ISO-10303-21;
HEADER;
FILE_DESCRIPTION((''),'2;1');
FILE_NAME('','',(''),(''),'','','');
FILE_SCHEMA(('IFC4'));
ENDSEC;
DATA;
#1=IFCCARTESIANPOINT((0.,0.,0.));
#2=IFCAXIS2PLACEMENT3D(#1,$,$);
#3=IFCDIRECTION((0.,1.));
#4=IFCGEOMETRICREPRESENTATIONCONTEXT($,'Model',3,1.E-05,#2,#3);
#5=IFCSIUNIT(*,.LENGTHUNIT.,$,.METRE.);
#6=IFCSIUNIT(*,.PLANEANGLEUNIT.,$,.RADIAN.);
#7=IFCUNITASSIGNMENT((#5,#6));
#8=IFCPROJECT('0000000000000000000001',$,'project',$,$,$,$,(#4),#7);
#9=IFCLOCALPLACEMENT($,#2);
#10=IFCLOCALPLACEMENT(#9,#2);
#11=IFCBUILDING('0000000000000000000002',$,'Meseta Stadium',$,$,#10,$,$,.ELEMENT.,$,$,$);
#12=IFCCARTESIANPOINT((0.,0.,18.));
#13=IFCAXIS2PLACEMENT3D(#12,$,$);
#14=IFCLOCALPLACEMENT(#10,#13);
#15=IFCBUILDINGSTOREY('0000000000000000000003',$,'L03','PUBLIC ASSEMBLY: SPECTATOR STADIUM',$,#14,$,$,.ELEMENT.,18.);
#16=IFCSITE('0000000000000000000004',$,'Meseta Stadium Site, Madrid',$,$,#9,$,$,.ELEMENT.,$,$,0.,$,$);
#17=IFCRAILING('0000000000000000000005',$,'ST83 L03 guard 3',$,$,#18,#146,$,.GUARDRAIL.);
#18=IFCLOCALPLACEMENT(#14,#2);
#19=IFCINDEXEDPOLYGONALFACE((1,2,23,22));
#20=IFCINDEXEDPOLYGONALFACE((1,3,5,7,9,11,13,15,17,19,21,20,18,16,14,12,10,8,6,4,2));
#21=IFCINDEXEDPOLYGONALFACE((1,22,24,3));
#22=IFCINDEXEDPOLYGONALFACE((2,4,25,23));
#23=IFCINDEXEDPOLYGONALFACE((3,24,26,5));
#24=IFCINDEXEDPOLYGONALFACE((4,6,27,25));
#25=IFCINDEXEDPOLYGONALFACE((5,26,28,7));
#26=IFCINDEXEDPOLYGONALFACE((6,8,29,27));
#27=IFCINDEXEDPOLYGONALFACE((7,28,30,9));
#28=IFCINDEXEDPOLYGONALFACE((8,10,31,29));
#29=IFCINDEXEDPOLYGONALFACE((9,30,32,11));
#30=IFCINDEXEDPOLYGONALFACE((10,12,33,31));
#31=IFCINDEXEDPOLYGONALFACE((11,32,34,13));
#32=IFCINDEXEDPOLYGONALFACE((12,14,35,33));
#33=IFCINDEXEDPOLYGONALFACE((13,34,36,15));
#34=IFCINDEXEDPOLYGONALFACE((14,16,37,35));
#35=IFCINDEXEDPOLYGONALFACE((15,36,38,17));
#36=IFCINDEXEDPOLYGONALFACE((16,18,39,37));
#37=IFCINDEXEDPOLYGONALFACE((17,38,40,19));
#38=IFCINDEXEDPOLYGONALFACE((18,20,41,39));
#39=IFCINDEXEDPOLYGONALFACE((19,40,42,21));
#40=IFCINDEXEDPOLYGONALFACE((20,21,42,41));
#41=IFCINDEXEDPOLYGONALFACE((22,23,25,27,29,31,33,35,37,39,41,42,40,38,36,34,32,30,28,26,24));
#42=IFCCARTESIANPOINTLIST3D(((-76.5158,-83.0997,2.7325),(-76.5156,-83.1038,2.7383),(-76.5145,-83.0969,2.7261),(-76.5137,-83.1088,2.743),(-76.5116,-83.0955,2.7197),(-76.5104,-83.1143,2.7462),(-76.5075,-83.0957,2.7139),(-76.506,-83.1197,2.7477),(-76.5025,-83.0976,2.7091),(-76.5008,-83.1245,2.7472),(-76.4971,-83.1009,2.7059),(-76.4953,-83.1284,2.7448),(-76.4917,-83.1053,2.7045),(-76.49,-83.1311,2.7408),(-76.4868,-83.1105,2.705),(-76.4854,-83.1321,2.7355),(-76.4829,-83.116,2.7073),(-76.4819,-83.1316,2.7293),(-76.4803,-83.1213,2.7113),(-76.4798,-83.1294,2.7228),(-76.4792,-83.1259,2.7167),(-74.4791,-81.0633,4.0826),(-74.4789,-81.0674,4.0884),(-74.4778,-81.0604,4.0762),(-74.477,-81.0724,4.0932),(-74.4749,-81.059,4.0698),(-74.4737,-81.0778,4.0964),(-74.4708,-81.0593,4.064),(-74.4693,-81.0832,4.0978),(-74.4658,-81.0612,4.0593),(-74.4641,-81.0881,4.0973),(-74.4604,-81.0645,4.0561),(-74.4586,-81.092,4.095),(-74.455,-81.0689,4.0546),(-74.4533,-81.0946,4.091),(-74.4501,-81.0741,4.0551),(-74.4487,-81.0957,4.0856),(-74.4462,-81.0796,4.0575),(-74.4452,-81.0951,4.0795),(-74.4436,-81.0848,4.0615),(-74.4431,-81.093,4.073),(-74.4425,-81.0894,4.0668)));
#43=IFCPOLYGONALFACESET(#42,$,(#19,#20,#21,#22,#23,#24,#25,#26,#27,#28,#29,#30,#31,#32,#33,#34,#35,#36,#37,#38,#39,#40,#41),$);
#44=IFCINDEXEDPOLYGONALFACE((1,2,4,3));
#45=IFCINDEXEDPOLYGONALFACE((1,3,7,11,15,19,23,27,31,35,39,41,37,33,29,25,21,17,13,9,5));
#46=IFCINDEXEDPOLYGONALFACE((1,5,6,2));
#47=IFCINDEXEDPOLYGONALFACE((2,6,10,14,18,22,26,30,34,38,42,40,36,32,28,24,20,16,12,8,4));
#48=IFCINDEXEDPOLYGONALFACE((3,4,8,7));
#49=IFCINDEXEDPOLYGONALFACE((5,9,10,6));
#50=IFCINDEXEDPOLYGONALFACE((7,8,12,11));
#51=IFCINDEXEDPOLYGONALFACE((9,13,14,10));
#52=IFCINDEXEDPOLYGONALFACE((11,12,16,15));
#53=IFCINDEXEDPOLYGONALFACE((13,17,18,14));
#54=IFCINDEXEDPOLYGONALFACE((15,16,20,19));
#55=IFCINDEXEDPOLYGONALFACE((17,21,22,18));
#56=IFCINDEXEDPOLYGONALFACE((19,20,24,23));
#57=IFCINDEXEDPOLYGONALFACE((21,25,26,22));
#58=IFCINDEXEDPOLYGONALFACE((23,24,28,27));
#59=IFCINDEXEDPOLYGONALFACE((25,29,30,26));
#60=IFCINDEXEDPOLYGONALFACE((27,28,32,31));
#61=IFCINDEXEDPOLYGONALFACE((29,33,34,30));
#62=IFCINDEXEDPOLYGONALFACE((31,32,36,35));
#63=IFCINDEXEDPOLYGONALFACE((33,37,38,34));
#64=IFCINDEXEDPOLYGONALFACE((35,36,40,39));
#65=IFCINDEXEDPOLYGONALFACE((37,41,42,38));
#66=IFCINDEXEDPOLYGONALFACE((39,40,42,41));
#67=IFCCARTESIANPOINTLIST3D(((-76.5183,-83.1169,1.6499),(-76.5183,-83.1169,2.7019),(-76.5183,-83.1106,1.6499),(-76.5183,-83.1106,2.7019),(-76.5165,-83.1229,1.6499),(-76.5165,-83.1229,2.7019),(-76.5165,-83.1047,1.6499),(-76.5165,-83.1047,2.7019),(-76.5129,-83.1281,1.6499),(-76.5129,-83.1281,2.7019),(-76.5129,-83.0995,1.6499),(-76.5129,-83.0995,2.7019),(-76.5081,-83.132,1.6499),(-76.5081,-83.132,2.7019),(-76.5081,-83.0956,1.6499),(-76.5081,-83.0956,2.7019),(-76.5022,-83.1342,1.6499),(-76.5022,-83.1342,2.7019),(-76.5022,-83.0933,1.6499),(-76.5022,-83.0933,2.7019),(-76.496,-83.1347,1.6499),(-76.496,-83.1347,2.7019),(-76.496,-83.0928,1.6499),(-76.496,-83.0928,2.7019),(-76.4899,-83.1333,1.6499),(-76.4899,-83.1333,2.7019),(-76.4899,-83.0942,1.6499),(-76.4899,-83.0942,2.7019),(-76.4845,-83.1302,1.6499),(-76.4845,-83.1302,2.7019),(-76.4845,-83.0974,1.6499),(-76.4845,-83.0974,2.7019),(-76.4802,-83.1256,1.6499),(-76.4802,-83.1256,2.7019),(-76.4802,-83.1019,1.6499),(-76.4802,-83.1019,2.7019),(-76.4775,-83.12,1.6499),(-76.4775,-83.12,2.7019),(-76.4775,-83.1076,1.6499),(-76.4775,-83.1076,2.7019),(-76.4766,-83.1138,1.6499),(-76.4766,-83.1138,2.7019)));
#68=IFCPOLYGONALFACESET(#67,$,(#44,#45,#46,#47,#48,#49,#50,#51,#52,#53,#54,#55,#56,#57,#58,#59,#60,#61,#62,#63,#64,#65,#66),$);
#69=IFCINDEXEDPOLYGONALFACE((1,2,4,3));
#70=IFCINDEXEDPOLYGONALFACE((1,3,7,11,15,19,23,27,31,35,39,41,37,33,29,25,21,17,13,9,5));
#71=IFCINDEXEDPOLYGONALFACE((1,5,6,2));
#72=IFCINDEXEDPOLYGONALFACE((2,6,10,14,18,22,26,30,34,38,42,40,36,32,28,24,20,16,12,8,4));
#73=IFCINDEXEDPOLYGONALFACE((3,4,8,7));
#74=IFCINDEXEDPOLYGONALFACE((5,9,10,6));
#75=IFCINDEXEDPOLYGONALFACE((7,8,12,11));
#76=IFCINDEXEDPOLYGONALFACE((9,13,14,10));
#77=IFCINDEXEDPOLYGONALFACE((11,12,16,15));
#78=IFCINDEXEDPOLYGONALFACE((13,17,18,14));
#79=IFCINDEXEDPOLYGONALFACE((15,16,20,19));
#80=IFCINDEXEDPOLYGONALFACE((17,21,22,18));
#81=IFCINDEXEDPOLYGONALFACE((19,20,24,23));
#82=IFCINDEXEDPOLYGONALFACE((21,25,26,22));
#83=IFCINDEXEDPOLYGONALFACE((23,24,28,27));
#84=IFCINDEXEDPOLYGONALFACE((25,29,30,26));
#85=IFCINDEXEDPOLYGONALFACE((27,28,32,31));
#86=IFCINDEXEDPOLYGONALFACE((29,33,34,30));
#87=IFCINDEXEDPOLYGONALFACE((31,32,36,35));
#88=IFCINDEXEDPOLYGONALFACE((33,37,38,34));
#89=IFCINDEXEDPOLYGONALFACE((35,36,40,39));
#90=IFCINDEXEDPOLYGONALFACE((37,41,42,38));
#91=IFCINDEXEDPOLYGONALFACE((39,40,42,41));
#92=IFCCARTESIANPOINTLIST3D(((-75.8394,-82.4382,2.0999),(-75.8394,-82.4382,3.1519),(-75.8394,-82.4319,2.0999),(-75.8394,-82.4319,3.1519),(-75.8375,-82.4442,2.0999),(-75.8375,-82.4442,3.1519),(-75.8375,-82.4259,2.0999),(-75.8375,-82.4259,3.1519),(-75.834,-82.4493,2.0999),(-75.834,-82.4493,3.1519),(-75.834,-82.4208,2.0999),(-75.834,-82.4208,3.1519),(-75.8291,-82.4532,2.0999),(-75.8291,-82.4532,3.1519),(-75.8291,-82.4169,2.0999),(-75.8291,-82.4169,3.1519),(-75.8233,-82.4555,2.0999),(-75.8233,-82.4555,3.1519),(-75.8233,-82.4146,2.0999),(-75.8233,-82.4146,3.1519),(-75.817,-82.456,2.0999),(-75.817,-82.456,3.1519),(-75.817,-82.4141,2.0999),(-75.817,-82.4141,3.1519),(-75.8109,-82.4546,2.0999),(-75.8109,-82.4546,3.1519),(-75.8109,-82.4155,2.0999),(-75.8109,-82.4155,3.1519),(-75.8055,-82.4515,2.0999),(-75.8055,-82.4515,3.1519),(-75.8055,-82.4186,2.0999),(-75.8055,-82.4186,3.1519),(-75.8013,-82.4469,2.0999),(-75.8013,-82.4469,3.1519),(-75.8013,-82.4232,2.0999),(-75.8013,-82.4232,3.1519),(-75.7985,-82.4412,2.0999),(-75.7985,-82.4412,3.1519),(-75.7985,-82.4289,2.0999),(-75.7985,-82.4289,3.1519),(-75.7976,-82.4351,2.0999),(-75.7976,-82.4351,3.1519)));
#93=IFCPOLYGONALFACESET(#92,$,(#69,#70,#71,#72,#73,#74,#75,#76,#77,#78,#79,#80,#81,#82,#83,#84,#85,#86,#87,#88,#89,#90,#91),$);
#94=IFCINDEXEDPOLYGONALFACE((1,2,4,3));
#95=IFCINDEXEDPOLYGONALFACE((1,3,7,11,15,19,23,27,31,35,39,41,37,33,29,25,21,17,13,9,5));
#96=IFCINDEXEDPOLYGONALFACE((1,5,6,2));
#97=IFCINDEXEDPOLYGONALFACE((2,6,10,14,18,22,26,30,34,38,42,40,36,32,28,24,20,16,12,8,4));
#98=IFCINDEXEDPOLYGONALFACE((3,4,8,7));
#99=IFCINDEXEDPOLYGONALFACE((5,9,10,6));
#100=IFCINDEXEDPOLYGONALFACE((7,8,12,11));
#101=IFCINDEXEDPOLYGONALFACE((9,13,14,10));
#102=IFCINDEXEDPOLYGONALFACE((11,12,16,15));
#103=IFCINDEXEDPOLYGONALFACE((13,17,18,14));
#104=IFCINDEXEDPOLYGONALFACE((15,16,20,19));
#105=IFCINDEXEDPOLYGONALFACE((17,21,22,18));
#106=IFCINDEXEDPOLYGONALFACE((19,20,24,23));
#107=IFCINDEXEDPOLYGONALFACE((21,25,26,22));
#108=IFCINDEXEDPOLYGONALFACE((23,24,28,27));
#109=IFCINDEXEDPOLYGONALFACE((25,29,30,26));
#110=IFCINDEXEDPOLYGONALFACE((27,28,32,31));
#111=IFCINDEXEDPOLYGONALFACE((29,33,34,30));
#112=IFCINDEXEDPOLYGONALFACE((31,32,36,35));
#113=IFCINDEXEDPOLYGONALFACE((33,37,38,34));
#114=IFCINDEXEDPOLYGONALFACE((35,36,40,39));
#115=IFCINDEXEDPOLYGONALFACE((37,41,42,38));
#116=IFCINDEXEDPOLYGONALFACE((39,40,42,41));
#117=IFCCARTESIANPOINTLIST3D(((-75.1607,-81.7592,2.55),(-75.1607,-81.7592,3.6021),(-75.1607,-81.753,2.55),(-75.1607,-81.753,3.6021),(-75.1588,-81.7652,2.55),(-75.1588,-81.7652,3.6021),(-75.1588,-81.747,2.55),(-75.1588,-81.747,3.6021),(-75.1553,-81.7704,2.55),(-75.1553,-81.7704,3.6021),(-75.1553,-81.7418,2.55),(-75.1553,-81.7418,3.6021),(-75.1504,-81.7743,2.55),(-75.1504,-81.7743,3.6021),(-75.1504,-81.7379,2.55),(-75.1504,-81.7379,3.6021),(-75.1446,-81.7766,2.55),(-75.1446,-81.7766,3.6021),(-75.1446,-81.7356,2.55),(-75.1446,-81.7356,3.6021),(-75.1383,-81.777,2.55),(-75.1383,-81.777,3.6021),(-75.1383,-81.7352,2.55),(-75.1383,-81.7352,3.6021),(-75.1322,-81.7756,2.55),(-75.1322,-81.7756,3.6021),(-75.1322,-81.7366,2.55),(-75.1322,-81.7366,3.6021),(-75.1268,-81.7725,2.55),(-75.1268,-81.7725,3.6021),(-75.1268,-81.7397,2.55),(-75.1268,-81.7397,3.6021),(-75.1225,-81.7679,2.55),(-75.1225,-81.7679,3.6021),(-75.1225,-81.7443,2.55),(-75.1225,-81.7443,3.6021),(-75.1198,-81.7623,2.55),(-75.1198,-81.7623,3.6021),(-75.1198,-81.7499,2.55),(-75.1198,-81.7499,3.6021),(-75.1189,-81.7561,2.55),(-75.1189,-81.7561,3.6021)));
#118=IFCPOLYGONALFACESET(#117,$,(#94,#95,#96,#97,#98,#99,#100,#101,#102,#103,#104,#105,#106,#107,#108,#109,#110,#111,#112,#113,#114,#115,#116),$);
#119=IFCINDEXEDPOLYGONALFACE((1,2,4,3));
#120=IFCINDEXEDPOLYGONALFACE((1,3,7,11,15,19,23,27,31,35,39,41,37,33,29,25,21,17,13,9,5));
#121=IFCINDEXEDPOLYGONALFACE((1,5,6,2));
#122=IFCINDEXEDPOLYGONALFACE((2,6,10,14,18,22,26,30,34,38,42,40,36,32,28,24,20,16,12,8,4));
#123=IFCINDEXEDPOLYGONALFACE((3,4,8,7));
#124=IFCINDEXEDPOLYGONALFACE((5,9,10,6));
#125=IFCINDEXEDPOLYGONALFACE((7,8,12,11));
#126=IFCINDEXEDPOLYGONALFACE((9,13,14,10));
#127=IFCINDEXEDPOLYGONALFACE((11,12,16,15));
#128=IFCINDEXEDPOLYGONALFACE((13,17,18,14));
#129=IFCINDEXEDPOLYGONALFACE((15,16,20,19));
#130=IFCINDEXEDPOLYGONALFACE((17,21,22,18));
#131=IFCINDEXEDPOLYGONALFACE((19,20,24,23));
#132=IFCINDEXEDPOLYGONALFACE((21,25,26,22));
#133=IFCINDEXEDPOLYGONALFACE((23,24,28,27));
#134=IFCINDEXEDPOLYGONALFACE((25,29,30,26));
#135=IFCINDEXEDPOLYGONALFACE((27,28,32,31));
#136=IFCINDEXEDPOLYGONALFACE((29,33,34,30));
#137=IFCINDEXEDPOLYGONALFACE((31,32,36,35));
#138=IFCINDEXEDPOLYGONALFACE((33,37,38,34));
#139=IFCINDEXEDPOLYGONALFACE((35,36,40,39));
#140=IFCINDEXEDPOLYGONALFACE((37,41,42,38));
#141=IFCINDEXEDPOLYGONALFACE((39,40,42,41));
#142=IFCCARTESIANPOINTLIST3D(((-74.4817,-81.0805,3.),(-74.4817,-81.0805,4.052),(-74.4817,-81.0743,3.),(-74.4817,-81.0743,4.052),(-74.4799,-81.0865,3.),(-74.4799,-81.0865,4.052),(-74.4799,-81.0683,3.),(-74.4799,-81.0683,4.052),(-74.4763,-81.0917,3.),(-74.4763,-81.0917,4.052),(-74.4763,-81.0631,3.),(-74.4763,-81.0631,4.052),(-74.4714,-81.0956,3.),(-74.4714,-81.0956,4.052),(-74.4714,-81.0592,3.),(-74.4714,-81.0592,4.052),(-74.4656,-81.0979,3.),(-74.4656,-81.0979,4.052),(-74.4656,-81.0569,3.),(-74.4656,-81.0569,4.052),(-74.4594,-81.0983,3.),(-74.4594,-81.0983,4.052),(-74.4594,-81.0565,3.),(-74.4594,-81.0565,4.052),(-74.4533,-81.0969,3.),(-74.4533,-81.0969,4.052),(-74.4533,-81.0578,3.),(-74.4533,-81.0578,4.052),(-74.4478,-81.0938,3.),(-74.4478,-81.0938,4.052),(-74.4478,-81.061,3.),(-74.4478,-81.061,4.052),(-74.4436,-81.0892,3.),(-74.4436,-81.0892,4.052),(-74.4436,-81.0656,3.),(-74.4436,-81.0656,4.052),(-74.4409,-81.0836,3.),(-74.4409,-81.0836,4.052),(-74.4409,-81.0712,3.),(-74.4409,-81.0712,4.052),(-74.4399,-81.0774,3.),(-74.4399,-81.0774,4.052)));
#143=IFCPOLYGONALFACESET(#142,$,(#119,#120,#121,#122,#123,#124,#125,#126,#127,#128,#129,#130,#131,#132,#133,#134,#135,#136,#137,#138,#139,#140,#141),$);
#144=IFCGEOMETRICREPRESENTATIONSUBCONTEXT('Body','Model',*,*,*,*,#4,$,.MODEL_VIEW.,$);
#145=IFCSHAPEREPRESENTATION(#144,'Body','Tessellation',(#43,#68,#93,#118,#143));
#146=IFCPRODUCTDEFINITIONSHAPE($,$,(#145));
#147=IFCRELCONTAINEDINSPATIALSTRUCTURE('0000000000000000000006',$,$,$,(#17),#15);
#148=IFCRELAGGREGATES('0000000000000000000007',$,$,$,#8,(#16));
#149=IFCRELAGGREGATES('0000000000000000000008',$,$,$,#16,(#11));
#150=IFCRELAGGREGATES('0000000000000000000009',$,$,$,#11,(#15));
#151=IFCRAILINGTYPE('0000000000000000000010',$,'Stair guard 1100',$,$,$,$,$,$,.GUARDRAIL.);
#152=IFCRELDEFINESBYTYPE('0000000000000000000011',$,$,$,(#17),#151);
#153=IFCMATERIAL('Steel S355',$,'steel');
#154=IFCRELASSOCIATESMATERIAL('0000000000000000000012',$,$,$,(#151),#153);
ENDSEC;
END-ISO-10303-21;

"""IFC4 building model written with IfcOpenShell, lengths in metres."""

from ifc_helpers import new_model, si_unit, direction, frame, origin, origin_2d, place, context, subcontext, project, spatial, circle, extrude, material, type_object, element, save


model = new_model("IFC4")

# Units and contexts
model_context = context("Model", 3, precision=1e-05, world=origin(), true_north=direction((0.0, 1.0)))
body_context = subcontext(model_context, "Body", "Model", "MODEL_VIEW")
ifc_project = project(units=[si_unit("LENGTHUNIT", "METRE"), si_unit("PLANEANGLEUNIT", "RADIAN")], contexts=[model_context])

# Site, building, storey
site_placement = place(None, origin())
site = spatial("IfcSite", under=ifc_project, at=site_placement, Name="Meseta Stadium Site, Madrid", CompositionType="ELEMENT", RefElevation=0.0)
building_placement = place(site_placement, origin())
building = spatial("IfcBuilding", under=site, at=building_placement, Name="Meseta Stadium", CompositionType="ELEMENT")
storey_placement = place(building_placement, frame((0.0, 0.0, 18.0)))
storey = spatial("IfcBuildingStorey", under=building, at=storey_placement, Name="L03", Description="PUBLIC ASSEMBLY: SPECTATOR STADIUM", CompositionType="ELEMENT", Elevation=18.0)

# Railing
ifc_material_1 = material(Name="Steel S355", Category="steel")
railing_type_1 = type_object("IfcRailingType", Name="Stair guard 1100", PredefinedType="GUARDRAIL", material=ifc_material_1)
railing_1_placement = place(storey_placement, frame((-76.4976, -83.1138, 1.6499)))
element("IfcRailing", 1, at=railing_1_placement, inside=storey, type_object=railing_type_1, Name="ST83 L03 guard 3", PredefinedType="GUARDRAIL", context=body_context, shape_type="SweptSolid", body=[
    extrude(circle(Radius=0.0239, at=origin_2d()), frame((0.0, 0.0, 1.0762), z_axis=(0.640288, 0.640211, 0.424454), x_axis=(-0.707064, 0.707149, 0.0)), (0.0, 0.0, 1.0), 3.1809),
    extrude(circle(Radius=0.021, at=origin_2d()), origin(), (0.0, 0.0, 1.0), 1.052),
    extrude(circle(Radius=0.021, at=origin_2d()), frame((0.679, 0.6787, 0.45)), (0.0, 0.0, 1.0), 1.052),
    extrude(circle(Radius=0.021, at=origin_2d()), frame((1.3577, 1.3577, 0.9001)), (0.0, 0.0, 1.0), 1.052),
    extrude(circle(Radius=0.021, at=origin_2d()), frame((2.0366, 2.0364, 1.3501)), (0.0, 0.0, 1.0), 1.052),
])

save(model, "model.ifc")
